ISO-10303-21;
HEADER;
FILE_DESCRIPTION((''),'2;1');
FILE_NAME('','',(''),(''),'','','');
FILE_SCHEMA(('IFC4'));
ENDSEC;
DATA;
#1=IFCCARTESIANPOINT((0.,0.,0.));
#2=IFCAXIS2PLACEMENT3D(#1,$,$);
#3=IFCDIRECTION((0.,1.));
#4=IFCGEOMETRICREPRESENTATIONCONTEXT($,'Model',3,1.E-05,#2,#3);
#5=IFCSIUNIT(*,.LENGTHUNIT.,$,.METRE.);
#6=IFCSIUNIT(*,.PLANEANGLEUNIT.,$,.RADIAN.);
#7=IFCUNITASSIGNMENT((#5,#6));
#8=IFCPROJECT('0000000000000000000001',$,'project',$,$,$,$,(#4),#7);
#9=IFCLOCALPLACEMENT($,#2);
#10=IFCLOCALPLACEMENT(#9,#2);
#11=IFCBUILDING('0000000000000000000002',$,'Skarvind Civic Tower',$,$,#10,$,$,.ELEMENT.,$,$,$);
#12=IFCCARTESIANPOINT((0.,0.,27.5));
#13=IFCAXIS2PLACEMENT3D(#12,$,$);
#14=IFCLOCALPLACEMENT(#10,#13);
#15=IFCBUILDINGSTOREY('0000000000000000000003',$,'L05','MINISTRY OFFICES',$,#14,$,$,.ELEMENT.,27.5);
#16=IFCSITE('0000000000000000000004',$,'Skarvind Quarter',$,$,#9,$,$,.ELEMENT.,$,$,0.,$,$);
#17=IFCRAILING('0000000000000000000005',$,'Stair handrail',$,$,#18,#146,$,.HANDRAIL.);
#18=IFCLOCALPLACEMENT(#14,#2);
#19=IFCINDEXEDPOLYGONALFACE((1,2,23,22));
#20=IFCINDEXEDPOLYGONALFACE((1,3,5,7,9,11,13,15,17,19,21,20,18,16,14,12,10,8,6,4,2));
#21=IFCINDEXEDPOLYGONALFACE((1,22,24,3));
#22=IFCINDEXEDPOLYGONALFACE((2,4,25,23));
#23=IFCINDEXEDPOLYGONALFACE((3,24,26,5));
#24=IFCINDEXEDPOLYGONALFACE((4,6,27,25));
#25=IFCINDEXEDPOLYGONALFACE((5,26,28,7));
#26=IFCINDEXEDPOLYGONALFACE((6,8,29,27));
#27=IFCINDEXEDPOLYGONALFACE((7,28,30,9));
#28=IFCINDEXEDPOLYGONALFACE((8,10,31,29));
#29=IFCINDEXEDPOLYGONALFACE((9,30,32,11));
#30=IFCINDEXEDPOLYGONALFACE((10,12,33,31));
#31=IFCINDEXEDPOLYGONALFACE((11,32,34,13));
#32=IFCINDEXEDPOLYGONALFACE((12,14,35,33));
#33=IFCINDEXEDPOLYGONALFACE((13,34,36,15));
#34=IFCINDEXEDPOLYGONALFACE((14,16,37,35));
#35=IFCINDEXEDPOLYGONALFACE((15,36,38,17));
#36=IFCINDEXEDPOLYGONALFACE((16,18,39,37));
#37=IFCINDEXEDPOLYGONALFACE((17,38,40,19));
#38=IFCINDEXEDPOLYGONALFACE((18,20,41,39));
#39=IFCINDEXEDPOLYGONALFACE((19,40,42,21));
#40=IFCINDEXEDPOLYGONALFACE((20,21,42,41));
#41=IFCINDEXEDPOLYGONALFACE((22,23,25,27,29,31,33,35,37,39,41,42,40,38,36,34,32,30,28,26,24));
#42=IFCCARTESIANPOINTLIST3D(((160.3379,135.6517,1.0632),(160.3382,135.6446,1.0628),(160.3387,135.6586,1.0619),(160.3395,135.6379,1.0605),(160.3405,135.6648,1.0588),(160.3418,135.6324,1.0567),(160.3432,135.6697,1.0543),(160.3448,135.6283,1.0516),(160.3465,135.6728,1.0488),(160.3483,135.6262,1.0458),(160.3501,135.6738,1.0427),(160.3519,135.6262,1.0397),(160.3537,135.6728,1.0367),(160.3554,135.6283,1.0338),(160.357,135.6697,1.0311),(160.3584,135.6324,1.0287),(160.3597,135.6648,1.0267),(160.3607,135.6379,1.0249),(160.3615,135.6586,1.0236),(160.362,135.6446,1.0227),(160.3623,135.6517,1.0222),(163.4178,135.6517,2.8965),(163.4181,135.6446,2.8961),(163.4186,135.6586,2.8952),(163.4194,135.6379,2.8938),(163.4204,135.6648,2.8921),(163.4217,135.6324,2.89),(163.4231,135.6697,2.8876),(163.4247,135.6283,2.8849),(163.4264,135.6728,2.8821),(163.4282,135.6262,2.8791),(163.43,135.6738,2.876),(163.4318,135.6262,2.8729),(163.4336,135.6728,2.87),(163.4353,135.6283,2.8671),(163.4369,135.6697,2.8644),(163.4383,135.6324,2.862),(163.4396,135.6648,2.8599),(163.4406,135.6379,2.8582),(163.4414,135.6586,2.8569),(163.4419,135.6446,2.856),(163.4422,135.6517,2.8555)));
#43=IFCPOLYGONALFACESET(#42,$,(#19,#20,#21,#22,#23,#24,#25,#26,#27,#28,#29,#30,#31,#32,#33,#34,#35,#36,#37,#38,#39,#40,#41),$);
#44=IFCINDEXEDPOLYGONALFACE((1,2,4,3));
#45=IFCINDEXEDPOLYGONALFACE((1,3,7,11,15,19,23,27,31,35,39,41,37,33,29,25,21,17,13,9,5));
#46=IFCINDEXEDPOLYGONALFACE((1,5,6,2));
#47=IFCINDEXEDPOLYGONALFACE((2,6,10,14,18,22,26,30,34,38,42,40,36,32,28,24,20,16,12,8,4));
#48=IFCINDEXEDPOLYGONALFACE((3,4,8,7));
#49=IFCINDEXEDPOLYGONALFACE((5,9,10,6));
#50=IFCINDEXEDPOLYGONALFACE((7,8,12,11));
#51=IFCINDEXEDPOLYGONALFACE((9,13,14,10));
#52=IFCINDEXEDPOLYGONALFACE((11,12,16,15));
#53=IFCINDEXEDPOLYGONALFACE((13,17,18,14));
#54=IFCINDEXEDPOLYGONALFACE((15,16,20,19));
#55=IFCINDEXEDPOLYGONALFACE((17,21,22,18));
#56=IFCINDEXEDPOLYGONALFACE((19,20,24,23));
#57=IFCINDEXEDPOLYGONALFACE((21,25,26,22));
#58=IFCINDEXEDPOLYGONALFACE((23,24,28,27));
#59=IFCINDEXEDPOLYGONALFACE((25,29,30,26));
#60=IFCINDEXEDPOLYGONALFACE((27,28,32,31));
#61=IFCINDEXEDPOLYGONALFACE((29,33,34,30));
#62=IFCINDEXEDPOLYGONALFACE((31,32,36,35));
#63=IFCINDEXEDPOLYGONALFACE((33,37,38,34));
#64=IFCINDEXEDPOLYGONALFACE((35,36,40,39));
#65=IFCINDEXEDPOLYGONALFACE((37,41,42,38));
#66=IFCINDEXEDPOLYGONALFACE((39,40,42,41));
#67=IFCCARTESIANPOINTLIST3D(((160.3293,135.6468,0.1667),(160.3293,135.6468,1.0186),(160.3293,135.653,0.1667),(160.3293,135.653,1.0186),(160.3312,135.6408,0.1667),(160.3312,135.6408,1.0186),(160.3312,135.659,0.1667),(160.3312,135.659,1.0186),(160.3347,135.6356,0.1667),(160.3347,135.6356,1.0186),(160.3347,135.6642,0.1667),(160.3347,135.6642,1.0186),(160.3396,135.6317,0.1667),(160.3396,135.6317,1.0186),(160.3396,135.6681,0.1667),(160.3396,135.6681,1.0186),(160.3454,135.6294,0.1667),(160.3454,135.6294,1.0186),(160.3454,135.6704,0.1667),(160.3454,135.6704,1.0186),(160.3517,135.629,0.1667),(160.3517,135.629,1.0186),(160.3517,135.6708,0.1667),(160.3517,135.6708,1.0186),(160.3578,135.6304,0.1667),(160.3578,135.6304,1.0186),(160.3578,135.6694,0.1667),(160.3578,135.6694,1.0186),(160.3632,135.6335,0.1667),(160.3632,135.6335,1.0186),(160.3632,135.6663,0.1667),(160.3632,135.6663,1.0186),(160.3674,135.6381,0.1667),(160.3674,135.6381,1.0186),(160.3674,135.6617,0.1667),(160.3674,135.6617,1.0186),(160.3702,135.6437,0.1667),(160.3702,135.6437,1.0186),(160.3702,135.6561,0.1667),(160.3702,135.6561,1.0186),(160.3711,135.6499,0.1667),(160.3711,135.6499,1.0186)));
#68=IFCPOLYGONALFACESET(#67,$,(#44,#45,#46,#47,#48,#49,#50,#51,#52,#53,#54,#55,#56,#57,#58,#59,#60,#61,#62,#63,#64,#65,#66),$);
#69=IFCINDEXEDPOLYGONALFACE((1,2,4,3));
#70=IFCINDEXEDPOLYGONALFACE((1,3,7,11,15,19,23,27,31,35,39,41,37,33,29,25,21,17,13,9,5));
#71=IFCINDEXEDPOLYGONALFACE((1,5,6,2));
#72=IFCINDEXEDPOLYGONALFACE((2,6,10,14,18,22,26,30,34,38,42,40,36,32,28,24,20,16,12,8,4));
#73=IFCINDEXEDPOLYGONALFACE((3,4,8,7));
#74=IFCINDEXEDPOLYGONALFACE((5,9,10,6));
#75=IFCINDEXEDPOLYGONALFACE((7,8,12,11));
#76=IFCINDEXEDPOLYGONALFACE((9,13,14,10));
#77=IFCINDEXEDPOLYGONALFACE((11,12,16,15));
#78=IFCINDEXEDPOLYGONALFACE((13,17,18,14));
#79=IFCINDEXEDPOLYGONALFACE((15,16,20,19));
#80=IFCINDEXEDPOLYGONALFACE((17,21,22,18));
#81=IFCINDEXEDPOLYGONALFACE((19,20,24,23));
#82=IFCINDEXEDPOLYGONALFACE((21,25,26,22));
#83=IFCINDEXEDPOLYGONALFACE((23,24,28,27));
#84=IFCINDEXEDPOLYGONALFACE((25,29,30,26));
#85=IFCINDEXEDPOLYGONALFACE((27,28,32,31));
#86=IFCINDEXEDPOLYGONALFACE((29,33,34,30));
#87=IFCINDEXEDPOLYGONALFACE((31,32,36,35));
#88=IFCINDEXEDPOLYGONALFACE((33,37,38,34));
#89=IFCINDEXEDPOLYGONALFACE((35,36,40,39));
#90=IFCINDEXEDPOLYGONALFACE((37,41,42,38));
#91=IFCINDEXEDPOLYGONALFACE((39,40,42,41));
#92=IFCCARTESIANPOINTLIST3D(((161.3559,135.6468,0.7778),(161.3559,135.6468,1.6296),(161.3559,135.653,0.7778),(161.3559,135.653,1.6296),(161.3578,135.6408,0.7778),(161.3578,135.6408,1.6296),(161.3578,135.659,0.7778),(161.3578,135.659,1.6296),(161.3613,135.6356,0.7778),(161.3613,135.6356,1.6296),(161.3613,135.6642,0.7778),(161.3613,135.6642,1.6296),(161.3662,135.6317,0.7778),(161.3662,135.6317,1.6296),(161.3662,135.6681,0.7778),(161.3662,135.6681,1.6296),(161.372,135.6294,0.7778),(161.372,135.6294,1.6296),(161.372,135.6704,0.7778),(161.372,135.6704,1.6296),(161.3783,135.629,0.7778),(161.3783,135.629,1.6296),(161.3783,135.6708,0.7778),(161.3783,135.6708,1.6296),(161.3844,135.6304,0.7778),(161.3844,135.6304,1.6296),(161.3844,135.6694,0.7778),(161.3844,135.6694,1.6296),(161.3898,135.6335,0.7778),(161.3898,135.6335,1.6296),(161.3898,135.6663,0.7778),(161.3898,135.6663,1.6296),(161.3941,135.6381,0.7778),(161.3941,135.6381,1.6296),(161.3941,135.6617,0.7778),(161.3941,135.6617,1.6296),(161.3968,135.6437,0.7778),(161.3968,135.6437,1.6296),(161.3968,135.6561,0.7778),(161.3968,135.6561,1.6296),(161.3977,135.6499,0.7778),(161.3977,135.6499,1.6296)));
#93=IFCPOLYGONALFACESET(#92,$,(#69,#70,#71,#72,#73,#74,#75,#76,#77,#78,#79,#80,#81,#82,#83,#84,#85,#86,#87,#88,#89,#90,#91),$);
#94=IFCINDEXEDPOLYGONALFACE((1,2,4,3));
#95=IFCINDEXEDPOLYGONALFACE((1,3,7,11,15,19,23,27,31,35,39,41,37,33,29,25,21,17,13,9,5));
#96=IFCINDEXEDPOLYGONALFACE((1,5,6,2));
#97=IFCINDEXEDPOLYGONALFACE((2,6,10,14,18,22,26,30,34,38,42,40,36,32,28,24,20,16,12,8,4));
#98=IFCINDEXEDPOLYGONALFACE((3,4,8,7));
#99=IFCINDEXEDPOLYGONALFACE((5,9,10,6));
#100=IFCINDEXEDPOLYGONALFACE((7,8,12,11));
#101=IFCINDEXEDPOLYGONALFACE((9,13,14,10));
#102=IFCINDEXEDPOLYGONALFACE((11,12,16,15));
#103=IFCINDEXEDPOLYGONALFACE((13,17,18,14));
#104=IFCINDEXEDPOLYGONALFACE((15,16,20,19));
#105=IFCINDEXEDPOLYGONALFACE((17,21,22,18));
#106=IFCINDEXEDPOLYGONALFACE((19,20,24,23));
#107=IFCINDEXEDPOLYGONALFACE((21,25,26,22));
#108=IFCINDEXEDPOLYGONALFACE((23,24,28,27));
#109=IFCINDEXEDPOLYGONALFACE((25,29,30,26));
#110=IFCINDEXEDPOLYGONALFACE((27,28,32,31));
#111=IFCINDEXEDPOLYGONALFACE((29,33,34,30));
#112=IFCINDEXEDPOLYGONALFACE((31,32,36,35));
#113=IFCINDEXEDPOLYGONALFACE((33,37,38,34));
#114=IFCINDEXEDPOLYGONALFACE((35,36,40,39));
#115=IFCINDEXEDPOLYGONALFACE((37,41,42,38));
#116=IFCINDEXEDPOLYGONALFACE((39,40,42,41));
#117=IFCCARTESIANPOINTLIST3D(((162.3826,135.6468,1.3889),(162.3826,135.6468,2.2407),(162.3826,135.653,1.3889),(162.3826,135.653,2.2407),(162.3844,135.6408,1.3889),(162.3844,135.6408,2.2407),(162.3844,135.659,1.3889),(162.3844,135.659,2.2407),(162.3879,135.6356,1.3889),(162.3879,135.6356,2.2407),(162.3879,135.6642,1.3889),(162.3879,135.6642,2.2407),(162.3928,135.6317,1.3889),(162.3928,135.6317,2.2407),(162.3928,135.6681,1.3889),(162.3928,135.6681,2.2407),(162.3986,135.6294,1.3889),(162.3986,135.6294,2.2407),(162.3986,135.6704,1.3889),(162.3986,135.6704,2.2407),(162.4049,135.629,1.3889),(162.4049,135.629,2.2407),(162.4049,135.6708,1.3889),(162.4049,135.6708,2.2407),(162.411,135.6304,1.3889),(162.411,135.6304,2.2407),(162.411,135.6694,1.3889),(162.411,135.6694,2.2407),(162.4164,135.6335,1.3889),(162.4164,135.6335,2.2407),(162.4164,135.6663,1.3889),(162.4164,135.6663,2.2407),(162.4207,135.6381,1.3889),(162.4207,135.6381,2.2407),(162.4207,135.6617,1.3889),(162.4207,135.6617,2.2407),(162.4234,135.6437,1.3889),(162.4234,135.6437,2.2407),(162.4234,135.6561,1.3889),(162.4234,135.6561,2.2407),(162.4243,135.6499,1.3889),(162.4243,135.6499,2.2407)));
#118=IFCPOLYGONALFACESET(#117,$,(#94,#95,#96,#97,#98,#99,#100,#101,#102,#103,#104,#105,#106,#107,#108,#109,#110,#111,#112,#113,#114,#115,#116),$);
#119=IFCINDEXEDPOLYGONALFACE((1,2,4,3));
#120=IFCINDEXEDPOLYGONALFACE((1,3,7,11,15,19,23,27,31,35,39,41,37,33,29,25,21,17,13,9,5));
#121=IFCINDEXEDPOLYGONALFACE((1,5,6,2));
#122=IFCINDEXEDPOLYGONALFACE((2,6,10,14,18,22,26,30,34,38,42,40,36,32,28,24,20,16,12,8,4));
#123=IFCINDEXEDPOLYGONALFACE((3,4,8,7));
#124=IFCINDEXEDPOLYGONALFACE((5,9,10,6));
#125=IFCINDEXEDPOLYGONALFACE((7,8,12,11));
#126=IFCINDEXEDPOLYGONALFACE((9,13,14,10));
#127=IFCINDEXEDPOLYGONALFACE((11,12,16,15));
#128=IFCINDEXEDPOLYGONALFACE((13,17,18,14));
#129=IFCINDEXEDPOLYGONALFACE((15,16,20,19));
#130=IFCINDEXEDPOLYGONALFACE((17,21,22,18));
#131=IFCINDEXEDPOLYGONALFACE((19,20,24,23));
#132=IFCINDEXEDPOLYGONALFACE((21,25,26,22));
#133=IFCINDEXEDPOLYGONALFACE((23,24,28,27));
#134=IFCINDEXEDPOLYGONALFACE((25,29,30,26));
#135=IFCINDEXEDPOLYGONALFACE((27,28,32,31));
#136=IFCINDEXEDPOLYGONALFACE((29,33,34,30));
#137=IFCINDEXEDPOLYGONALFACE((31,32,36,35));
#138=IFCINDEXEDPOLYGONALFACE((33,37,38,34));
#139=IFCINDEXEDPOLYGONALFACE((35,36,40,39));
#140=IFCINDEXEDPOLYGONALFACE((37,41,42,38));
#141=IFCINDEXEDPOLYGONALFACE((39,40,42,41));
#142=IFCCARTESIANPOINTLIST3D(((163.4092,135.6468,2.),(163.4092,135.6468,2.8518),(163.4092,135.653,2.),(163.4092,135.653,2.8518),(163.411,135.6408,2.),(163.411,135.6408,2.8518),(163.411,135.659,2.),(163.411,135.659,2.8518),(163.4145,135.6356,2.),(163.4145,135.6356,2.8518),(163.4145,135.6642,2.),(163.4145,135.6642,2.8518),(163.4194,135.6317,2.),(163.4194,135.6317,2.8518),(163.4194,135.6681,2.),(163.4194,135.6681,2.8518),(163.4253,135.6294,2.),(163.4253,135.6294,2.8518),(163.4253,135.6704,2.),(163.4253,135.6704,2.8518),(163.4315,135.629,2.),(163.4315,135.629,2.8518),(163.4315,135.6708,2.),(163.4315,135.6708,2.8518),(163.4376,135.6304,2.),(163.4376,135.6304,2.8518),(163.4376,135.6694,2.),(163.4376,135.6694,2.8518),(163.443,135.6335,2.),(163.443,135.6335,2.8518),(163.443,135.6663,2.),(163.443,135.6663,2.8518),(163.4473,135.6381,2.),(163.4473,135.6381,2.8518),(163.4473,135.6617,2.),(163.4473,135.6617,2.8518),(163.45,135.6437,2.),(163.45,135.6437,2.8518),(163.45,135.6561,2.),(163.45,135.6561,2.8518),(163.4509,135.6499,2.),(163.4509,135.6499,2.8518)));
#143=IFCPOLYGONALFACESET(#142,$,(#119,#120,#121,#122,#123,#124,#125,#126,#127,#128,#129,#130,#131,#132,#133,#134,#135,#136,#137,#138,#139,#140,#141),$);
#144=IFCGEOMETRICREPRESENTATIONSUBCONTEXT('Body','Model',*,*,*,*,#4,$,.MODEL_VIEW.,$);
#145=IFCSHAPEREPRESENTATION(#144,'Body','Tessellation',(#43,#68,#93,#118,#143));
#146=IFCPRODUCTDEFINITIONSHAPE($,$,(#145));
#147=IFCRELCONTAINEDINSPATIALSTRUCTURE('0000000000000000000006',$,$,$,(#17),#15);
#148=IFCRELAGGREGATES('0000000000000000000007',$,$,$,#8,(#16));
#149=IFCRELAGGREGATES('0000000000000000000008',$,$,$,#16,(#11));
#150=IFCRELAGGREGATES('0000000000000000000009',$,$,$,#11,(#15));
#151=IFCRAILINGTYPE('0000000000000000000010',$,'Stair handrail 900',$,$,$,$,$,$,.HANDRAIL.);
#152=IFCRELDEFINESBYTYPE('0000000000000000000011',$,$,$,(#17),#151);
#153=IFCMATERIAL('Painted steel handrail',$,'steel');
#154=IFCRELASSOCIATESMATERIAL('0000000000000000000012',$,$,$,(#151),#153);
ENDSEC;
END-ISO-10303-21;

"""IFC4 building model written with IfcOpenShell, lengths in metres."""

from ifc_helpers import new_model, si_unit, direction, frame, origin, origin_2d, place, context, subcontext, project, spatial, circle, extrude, material, type_object, element, save


model = new_model("IFC4")

# Units and contexts
model_context = context("Model", 3, precision=1e-05, world=origin(), true_north=direction((0.0, 1.0)))
body_context = subcontext(model_context, "Body", "Model", "MODEL_VIEW")
ifc_project = project(units=[si_unit("LENGTHUNIT", "METRE"), si_unit("PLANEANGLEUNIT", "RADIAN")], contexts=[model_context])

# Site, building, storey
site_placement = place(None, origin())
site = spatial("IfcSite", under=ifc_project, at=site_placement, Name="Skarvind Quarter", CompositionType="ELEMENT", RefElevation=0.0)
building_placement = place(site_placement, origin())
building = spatial("IfcBuilding", under=site, at=building_placement, Name="Skarvind Civic Tower", CompositionType="ELEMENT")
storey_placement = place(building_placement, frame((0.0, 0.0, 27.5)))
storey = spatial("IfcBuildingStorey", under=building, at=storey_placement, Name="L05", Description="MINISTRY OFFICES", CompositionType="ELEMENT", Elevation=27.5)

# Railing
ifc_material_1 = material(Name="Painted steel handrail", Category="steel")
railing_type_1 = type_object("IfcRailingType", Name="Stair handrail 900", PredefinedType="HANDRAIL", material=ifc_material_1)
railing_1_placement = place(storey_placement, frame((160.3501, 135.6499, 0.1667)))
element("IfcRailing", 1, at=railing_1_placement, inside=storey, type_object=railing_type_1, Name="Stair handrail", PredefinedType="HANDRAIL", context=body_context, shape_type="SweptSolid", body=[
    extrude(circle(Radius=0.0239, at=origin_2d()), frame((0.0, 0.0, 0.876), z_axis=(0.859291, 0.0, 0.511487), x_axis=(0.0, 1.0, 0.0)), (0.0, 0.0, 1.0), 3.5842),
    extrude(circle(Radius=0.021, at=origin_2d()), origin(), (0.0, 0.0, 1.0), 0.8518),
    extrude(circle(Radius=0.021, at=origin_2d()), frame((1.0266, 0.0, 0.6111)), (0.0, 0.0, 1.0), 0.8518),
    extrude(circle(Radius=0.021, at=origin_2d()), frame((2.0532, 0.0, 1.2222)), (0.0, 0.0, 1.0), 0.8518),
    extrude(circle(Radius=0.021, at=origin_2d()), frame((3.0798, 0.0, 1.8333)), (0.0, 0.0, 1.0), 0.8518),
])

save(model, "model.ifc")
